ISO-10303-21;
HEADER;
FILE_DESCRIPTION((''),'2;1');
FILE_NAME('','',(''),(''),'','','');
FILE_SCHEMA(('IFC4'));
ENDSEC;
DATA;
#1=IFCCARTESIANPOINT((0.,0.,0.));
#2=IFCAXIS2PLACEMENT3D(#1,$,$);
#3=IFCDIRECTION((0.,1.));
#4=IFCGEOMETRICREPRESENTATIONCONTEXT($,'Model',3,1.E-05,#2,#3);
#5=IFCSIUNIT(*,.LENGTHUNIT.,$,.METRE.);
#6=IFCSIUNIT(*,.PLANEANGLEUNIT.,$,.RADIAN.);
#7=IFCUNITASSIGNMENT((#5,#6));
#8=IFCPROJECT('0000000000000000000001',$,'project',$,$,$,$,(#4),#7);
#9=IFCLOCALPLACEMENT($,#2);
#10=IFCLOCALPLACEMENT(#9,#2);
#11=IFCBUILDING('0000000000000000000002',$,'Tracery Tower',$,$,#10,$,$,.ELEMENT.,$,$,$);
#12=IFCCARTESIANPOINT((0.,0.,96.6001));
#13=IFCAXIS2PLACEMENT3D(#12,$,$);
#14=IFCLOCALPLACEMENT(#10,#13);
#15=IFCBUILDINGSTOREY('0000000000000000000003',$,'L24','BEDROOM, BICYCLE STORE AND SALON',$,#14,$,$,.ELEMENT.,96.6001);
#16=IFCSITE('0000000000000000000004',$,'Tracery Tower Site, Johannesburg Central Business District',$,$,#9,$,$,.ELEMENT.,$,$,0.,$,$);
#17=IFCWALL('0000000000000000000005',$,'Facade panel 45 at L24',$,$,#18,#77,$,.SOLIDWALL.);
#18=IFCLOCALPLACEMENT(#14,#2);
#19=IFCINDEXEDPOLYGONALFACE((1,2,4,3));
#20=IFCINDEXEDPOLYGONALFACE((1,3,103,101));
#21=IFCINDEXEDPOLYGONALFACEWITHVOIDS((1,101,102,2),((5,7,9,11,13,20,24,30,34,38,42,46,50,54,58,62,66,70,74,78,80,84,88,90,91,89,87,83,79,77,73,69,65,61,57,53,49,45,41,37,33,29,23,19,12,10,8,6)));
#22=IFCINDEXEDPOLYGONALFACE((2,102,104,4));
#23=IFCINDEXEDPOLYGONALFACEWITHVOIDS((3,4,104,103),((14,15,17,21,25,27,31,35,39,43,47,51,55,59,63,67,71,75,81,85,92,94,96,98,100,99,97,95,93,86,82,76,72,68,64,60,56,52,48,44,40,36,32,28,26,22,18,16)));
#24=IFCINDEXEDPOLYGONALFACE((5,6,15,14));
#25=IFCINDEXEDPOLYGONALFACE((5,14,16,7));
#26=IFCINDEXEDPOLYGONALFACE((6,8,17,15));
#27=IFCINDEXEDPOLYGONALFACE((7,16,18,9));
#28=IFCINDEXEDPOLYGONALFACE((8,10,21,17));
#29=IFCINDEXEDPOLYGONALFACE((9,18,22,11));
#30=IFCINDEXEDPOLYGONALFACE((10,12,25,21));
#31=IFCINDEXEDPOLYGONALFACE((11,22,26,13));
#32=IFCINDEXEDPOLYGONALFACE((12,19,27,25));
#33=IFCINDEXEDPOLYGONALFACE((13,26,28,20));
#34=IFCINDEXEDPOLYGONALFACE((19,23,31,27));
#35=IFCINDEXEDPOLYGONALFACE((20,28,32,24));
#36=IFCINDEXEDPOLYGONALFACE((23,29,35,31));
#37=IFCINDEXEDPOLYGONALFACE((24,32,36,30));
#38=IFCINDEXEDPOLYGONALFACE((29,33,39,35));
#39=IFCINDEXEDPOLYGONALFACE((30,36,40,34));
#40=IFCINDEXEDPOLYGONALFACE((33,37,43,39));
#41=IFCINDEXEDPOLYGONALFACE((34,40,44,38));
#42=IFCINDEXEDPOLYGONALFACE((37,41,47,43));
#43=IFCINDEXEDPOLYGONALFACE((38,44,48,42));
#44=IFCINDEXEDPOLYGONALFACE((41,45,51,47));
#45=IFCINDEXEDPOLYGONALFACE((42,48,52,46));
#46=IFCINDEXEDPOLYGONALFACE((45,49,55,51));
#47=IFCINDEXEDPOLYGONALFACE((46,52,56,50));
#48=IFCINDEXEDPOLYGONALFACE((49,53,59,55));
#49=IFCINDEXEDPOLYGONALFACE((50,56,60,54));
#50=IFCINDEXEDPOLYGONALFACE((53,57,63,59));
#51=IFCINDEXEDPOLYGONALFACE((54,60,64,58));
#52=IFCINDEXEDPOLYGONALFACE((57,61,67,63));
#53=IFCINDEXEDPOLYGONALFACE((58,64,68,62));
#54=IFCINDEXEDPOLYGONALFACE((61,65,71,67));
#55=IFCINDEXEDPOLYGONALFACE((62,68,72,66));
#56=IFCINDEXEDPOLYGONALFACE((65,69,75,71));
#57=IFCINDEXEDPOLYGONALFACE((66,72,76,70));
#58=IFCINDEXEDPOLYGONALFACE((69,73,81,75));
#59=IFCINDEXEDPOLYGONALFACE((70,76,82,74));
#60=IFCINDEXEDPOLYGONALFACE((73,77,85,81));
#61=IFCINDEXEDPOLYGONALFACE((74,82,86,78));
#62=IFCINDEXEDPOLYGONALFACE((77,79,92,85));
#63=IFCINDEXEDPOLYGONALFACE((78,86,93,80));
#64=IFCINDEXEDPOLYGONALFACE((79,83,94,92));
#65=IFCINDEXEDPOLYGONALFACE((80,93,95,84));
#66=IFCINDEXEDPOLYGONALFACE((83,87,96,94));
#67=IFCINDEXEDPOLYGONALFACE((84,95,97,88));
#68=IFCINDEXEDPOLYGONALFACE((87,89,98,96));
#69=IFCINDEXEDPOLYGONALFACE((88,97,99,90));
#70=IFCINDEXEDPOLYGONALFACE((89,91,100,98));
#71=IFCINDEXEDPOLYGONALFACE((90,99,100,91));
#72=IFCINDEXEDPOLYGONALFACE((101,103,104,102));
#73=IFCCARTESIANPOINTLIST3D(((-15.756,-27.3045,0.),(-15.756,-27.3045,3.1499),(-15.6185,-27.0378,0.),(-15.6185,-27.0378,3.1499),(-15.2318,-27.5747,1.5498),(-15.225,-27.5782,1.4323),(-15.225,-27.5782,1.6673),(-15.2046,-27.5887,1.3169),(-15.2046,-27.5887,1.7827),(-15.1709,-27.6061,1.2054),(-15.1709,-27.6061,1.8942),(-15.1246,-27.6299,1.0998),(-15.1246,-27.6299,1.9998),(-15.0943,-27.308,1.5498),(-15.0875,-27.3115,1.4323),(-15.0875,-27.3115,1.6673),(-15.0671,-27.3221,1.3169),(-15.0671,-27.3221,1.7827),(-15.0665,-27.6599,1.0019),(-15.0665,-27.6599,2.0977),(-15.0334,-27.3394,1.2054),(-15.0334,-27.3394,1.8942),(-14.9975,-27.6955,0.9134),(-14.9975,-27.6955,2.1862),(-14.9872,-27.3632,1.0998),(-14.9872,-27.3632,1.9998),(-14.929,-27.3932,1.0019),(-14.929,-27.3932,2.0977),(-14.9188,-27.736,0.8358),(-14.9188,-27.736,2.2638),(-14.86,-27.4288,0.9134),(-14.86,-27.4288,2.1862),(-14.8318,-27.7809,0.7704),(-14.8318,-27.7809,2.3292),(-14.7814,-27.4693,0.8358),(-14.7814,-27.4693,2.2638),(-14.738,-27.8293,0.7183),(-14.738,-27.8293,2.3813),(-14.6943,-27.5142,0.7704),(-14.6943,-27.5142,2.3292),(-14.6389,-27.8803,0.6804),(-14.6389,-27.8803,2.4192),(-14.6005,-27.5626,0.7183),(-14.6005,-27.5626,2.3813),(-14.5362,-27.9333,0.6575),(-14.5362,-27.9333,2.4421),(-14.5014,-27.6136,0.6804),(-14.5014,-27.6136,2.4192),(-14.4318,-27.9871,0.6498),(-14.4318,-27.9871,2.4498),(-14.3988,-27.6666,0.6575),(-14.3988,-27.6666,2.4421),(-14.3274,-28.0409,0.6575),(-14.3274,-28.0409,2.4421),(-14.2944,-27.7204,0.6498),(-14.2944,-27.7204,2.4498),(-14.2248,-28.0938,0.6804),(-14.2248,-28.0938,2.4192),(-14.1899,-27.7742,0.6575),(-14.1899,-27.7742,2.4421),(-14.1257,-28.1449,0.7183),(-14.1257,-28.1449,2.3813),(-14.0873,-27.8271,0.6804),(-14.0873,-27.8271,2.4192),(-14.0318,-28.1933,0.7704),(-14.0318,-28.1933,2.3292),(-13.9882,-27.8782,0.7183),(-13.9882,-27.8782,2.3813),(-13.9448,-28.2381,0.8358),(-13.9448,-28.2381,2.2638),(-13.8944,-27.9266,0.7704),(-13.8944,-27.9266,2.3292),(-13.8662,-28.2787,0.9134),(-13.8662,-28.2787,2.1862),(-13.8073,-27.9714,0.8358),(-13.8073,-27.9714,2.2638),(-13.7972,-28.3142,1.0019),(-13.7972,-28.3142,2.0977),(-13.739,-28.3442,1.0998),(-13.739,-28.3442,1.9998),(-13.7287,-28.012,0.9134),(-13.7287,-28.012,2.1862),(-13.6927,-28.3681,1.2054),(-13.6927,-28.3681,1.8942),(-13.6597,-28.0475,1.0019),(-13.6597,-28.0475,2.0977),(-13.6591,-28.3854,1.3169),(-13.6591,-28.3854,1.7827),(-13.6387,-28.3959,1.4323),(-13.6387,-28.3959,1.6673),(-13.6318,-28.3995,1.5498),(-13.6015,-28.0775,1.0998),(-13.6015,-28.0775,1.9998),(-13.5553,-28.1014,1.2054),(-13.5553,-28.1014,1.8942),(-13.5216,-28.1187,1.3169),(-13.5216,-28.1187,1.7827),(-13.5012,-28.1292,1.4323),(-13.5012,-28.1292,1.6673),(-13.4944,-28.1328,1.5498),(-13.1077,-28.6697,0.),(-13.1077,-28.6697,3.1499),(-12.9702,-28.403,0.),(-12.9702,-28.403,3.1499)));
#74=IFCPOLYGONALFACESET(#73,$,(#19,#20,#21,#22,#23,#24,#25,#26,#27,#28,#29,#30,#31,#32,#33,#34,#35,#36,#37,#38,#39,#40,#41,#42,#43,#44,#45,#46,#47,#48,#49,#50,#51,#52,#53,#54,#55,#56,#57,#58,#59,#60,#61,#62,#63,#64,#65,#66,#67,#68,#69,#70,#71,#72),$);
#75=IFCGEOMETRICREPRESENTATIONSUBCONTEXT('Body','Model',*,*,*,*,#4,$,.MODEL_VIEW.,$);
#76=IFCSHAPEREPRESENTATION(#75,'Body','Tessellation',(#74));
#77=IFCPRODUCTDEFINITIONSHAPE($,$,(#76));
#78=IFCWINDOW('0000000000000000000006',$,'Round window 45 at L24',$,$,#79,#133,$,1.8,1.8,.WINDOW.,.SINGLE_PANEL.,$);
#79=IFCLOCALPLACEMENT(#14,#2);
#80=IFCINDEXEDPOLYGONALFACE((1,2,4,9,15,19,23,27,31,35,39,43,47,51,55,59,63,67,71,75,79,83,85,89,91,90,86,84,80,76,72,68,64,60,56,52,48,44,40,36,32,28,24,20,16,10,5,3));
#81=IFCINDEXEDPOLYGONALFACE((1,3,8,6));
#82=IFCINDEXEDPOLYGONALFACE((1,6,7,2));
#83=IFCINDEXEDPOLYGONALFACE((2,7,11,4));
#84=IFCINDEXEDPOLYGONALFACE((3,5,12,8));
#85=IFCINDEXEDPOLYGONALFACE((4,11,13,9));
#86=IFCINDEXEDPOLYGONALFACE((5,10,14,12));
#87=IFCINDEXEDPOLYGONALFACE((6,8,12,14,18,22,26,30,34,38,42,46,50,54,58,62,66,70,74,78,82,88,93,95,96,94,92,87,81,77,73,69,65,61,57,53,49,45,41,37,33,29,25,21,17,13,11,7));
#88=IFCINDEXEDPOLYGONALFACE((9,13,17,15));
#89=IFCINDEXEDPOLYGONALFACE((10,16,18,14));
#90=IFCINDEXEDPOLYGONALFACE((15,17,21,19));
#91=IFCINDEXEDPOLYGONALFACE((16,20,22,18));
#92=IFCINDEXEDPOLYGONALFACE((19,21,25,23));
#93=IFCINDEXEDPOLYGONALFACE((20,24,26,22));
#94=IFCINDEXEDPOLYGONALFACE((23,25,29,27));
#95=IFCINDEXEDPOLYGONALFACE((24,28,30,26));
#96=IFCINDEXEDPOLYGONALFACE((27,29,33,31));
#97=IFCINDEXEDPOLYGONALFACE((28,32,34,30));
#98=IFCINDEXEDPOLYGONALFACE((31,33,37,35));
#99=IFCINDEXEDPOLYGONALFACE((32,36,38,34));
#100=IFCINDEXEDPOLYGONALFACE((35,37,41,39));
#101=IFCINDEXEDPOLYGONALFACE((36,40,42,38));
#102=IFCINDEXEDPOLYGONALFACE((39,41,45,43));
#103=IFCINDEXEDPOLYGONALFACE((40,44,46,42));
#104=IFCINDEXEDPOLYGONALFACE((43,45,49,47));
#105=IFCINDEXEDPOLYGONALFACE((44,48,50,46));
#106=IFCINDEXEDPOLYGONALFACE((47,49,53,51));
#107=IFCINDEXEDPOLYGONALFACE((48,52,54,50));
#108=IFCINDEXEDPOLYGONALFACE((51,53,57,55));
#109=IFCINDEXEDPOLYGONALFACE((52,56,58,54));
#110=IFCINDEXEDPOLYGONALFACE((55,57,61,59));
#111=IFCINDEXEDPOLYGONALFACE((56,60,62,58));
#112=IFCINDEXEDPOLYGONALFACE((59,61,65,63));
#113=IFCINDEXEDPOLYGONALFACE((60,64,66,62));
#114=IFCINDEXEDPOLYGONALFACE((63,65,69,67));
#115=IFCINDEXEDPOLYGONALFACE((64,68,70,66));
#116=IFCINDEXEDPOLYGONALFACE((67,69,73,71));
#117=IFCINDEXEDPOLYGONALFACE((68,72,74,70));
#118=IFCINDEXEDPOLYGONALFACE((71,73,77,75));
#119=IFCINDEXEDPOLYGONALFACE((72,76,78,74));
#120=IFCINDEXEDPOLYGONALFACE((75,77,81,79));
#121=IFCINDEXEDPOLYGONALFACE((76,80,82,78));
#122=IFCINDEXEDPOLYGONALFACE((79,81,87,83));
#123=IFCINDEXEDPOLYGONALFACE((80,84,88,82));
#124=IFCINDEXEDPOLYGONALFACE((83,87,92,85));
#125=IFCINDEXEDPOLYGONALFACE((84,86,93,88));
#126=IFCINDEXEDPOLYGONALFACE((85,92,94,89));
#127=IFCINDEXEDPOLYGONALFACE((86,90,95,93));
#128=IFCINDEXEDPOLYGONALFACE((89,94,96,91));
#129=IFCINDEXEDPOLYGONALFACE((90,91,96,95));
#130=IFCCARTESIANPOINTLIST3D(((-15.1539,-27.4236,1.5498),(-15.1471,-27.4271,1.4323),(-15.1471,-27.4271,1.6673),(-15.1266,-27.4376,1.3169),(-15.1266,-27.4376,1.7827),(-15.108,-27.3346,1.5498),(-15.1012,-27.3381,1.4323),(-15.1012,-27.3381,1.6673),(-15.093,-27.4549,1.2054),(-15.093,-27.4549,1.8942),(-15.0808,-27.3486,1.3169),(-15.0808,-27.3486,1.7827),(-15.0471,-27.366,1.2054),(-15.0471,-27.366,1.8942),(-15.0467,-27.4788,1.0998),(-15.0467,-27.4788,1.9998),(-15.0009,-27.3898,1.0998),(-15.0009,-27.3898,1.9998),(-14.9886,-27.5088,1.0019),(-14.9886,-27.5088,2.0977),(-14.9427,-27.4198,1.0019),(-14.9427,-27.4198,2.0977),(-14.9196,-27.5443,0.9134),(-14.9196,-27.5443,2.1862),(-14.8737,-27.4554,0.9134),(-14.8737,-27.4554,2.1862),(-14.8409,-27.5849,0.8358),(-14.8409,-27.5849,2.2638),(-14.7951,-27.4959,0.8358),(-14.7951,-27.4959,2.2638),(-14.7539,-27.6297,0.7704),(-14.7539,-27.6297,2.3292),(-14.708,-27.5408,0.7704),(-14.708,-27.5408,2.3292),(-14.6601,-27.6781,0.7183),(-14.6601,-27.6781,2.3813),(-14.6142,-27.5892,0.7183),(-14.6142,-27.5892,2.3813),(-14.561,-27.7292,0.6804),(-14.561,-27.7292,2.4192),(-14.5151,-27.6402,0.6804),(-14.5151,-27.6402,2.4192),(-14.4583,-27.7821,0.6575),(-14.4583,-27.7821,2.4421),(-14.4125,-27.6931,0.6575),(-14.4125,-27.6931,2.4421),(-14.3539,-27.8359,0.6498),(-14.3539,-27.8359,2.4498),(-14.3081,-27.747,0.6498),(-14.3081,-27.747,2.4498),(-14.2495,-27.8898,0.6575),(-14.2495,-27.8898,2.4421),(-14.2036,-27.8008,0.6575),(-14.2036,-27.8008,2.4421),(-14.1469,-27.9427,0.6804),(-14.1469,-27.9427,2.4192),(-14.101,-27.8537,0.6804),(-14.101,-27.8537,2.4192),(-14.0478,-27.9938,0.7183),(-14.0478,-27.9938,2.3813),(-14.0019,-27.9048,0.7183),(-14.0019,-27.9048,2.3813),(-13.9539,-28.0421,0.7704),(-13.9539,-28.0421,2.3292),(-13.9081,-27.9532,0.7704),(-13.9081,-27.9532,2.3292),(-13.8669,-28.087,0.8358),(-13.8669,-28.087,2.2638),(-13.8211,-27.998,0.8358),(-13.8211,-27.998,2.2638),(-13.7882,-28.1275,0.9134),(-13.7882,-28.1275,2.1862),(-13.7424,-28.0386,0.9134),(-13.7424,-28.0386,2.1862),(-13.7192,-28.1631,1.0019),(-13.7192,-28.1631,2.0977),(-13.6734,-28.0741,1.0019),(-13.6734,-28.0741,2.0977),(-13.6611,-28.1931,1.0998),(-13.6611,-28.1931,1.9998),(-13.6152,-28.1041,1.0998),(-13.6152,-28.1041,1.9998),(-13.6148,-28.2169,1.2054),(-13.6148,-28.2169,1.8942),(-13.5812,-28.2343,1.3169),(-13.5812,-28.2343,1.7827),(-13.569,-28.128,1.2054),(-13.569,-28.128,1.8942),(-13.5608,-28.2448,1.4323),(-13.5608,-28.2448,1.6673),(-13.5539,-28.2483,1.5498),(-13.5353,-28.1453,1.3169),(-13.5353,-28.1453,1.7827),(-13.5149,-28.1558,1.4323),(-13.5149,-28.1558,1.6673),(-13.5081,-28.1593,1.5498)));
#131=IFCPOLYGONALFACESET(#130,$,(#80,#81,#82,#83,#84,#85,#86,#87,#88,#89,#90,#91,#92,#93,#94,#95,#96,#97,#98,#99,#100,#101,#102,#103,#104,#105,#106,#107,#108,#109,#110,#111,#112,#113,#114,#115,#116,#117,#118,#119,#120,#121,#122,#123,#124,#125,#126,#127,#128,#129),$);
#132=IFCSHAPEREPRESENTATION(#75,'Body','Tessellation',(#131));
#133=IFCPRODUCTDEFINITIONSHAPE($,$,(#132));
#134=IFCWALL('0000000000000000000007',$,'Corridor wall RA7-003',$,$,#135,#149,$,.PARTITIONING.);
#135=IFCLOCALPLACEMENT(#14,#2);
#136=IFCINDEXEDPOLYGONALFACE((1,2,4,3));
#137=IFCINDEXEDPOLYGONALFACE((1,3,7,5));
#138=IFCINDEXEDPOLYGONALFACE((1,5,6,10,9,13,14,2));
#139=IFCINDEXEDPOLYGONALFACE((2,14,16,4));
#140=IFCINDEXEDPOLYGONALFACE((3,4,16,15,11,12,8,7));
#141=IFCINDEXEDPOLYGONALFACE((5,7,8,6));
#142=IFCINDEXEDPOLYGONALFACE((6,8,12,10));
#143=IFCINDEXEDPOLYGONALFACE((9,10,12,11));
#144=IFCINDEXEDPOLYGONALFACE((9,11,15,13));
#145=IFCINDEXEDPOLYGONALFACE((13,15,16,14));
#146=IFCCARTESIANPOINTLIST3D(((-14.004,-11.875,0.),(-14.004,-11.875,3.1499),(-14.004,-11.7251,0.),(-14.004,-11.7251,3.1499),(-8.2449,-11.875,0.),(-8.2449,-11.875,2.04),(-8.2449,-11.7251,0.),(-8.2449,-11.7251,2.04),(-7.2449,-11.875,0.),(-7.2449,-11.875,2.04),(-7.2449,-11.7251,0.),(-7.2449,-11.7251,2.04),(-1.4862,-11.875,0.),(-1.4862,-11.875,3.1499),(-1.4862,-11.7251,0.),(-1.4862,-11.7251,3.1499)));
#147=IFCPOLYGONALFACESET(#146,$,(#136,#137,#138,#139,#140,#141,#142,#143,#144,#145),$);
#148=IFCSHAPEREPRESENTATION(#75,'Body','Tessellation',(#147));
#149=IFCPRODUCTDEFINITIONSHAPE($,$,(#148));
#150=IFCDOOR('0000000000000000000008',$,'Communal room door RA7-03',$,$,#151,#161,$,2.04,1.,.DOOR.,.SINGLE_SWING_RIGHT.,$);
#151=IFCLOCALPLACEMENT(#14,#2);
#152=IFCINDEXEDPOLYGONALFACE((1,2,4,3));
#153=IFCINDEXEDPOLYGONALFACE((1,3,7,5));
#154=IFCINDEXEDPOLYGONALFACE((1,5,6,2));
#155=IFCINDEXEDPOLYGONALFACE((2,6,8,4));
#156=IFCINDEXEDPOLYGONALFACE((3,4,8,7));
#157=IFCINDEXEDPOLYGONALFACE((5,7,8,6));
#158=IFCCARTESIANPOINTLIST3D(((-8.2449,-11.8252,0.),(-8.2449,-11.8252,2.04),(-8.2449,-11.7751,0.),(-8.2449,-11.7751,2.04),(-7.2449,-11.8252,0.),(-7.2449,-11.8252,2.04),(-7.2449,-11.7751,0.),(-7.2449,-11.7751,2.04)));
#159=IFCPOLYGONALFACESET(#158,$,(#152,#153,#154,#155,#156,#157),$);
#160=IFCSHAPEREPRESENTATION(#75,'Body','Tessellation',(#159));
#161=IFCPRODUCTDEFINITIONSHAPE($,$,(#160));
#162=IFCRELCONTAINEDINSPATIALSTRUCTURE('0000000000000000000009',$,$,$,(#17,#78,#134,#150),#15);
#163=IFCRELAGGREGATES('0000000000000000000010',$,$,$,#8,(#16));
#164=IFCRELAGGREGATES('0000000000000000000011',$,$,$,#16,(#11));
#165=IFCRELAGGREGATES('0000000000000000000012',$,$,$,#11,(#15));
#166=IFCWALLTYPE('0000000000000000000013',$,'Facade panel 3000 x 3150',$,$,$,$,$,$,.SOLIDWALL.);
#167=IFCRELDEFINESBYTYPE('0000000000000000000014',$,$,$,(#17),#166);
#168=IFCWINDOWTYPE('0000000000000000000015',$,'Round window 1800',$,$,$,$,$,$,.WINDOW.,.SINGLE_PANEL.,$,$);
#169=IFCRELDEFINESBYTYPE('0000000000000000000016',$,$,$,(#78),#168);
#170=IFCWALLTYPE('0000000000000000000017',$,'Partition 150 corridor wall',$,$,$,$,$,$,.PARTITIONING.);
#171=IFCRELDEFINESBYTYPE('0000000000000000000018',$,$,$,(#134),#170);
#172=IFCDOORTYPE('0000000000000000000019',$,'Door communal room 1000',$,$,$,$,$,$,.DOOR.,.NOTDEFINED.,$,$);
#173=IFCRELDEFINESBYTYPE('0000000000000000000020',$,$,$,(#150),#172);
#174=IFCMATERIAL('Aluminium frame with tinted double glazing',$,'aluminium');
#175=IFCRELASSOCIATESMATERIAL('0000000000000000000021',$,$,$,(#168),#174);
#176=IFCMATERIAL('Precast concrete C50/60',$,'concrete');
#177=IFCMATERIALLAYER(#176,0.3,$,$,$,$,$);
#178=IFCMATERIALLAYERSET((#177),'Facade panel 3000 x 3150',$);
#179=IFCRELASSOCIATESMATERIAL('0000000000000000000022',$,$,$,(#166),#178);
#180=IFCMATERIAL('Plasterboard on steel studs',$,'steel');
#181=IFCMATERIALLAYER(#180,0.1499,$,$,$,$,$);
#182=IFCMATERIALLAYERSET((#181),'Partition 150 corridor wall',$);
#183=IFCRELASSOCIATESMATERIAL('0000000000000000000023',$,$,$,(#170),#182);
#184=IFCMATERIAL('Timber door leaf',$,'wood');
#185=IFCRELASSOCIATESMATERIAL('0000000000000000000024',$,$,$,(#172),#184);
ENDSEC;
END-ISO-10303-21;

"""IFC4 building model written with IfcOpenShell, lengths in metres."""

from ifc_helpers import new_model, si_unit, direction, frame, frame_2d, origin, origin_2d, place, context, subcontext, project, spatial, rectangle, circle, extrude, material, layer, layer_set, type_object, element, fill, save


model = new_model("IFC4")

# Units and contexts
model_context = context("Model", 3, precision=1e-05, world=origin(), true_north=direction((0.0, 1.0)))
body_context = subcontext(model_context, "Body", "Model", "MODEL_VIEW")
ifc_project = project(units=[si_unit("LENGTHUNIT", "METRE"), si_unit("PLANEANGLEUNIT", "RADIAN")], contexts=[model_context])

# Site, building, storey
site_placement = place(None, origin())
site = spatial("IfcSite", under=ifc_project, at=site_placement, Name="Tracery Tower Site, Johannesburg Central Business District", CompositionType="ELEMENT", RefElevation=0.0)
building_placement = place(site_placement, origin())
building = spatial("IfcBuilding", under=site, at=building_placement, Name="Tracery Tower", CompositionType="ELEMENT")
storey_placement = place(building_placement, frame((0.0, 0.0, 96.6001)))
storey = spatial("IfcBuildingStorey", under=building, at=storey_placement, Name="L24", Description="BEDROOM, BICYCLE STORE AND SALON", CompositionType="ELEMENT", Elevation=96.6001)

# Wall, opening, window
ifc_material_1 = material(Name="Aluminium frame with tinted double glazing", Category="aluminium")
window_type = type_object("IfcWindowType", Name="Round window 1800", PartitioningType="SINGLE_PANEL", PredefinedType="WINDOW", material=ifc_material_1)
ifc_material_2 = material(Name="Precast concrete C50/60", Category="concrete")
ifc_layer_1 = layer(ifc_material_2, 0.3)
ifc_layer_set_1 = layer_set([ifc_layer_1], Name="Facade panel 3000 x 3150")
wall_type_1 = type_object("IfcWallType", Name="Facade panel 3000 x 3150", PredefinedType="SOLIDWALL", material=ifc_layer_set_1)
wall_1_placement = place(storey_placement, frame((-15.6873, -27.1711, 0.0), z_axis=(0.0, 0.0, 1.0), x_axis=(0.888853, -0.458192, 0.0)))
wall_1 = element("IfcWall", 1, at=wall_1_placement, inside=storey, type_object=wall_type_1, Name="Facade panel 45 at L24", PredefinedType="SOLIDWALL", context=body_context, shape_type="SweptSolid", body=[
    extrude(rectangle(XDim=2.9795, YDim=0.3, at=frame_2d((1.4897, 0.0))), origin(), (0.0, 0.0, 1.0), 3.1499),
])
opening_1_placement = place(wall_1_placement, frame((1.4897, 0.0, 1.5498)))
opening_1 = element("IfcOpeningElement", 2, at=opening_1_placement, cuts=wall_1, PredefinedType="OPENING", context=body_context, shape_type="SweptSolid", body=[
    extrude(circle(Radius=0.9, at=origin_2d()), frame((0.0, 0.1599, 0.0), z_axis=(0.0, -1.0, 0.0), x_axis=(1.0, 0.0, 0.0)), (0.0, 0.0, 1.0), 0.3201),
])
window_1_placement = place(opening_1_placement, origin())
window_1 = element("IfcWindow", 3, at=window_1_placement, inside=storey, type_object=window_type, Name="Round window 45 at L24", OverallHeight=1.8, OverallWidth=1.8, PartitioningType="SINGLE_PANEL", PredefinedType="WINDOW", context=body_context, shape_type="SweptSolid", body=[
    extrude(circle(Radius=0.9, at=origin_2d()), frame((0.0, 0.1201, 0.0), z_axis=(0.0, -1.0, 0.0), x_axis=(1.0, 0.0, 0.0)), (0.0, 0.0, 1.0), 0.1001),
])
fill(opening_1, window_1)

# Wall, opening, door
ifc_material_3 = material(Name="Plasterboard on steel studs", Category="steel")
ifc_layer_2 = layer(ifc_material_3, 0.1499)
ifc_layer_set_2 = layer_set([ifc_layer_2], Name="Partition 150 corridor wall")
wall_type_2 = type_object("IfcWallType", Name="Partition 150 corridor wall", PredefinedType="PARTITIONING", material=ifc_layer_set_2)
wall_2_placement = place(storey_placement, frame((-14.0039, -11.8, 0.0), z_axis=(0.0, 0.0, 1.0), x_axis=(1.0, 0.0, 0.0)))
wall_2 = element("IfcWall", 4, at=wall_2_placement, inside=storey, type_object=wall_type_2, Name="Corridor wall RA7-003", PredefinedType="PARTITIONING", context=body_context, shape_type="SweptSolid", body=[
    extrude(rectangle(XDim=12.5178, YDim=0.1499, at=frame_2d((6.2588, 0.0))), origin(), (0.0, 0.0, 1.0), 3.1499),
])
opening_2_placement = place(wall_2_placement, frame((5.759, 0.0, 0.0)))
opening_2 = element("IfcOpeningElement", 5, at=opening_2_placement, cuts=wall_2, PredefinedType="OPENING", context=body_context, shape_type="SweptSolid", body=[
    extrude(rectangle(XDim=1.0, YDim=2.04, at=frame_2d((0.5, 1.02))), frame((0.0, 0.075, 0.0), z_axis=(0.0, -1.0, 0.0), x_axis=(1.0, 0.0, 0.0)), (0.0, 0.0, 1.0), 0.1499),
])
ifc_material_4 = material(Name="Timber door leaf", Category="wood")
door_type_1 = type_object("IfcDoorType", Name="Door communal room 1000", OperationType="NOTDEFINED", PredefinedType="DOOR", material=ifc_material_4)
door_1_placement = place(opening_2_placement, origin())
door_1 = element("IfcDoor", 6, at=door_1_placement, inside=storey, type_object=door_type_1, Name="Communal room door RA7-03", OperationType="SINGLE_SWING_RIGHT", OverallHeight=2.04, OverallWidth=1.0, PredefinedType="DOOR", context=body_context, shape_type="SweptSolid", body=[
    extrude(rectangle(XDim=1.0, YDim=2.04, at=frame_2d((0.5, 1.02))), frame((0.0, 0.0249, 0.0), z_axis=(0.0, -1.0, 0.0), x_axis=(1.0, 0.0, 0.0)), (0.0, 0.0, 1.0), 0.05),
])
fill(opening_2, door_1)

save(model, "model.ifc")
